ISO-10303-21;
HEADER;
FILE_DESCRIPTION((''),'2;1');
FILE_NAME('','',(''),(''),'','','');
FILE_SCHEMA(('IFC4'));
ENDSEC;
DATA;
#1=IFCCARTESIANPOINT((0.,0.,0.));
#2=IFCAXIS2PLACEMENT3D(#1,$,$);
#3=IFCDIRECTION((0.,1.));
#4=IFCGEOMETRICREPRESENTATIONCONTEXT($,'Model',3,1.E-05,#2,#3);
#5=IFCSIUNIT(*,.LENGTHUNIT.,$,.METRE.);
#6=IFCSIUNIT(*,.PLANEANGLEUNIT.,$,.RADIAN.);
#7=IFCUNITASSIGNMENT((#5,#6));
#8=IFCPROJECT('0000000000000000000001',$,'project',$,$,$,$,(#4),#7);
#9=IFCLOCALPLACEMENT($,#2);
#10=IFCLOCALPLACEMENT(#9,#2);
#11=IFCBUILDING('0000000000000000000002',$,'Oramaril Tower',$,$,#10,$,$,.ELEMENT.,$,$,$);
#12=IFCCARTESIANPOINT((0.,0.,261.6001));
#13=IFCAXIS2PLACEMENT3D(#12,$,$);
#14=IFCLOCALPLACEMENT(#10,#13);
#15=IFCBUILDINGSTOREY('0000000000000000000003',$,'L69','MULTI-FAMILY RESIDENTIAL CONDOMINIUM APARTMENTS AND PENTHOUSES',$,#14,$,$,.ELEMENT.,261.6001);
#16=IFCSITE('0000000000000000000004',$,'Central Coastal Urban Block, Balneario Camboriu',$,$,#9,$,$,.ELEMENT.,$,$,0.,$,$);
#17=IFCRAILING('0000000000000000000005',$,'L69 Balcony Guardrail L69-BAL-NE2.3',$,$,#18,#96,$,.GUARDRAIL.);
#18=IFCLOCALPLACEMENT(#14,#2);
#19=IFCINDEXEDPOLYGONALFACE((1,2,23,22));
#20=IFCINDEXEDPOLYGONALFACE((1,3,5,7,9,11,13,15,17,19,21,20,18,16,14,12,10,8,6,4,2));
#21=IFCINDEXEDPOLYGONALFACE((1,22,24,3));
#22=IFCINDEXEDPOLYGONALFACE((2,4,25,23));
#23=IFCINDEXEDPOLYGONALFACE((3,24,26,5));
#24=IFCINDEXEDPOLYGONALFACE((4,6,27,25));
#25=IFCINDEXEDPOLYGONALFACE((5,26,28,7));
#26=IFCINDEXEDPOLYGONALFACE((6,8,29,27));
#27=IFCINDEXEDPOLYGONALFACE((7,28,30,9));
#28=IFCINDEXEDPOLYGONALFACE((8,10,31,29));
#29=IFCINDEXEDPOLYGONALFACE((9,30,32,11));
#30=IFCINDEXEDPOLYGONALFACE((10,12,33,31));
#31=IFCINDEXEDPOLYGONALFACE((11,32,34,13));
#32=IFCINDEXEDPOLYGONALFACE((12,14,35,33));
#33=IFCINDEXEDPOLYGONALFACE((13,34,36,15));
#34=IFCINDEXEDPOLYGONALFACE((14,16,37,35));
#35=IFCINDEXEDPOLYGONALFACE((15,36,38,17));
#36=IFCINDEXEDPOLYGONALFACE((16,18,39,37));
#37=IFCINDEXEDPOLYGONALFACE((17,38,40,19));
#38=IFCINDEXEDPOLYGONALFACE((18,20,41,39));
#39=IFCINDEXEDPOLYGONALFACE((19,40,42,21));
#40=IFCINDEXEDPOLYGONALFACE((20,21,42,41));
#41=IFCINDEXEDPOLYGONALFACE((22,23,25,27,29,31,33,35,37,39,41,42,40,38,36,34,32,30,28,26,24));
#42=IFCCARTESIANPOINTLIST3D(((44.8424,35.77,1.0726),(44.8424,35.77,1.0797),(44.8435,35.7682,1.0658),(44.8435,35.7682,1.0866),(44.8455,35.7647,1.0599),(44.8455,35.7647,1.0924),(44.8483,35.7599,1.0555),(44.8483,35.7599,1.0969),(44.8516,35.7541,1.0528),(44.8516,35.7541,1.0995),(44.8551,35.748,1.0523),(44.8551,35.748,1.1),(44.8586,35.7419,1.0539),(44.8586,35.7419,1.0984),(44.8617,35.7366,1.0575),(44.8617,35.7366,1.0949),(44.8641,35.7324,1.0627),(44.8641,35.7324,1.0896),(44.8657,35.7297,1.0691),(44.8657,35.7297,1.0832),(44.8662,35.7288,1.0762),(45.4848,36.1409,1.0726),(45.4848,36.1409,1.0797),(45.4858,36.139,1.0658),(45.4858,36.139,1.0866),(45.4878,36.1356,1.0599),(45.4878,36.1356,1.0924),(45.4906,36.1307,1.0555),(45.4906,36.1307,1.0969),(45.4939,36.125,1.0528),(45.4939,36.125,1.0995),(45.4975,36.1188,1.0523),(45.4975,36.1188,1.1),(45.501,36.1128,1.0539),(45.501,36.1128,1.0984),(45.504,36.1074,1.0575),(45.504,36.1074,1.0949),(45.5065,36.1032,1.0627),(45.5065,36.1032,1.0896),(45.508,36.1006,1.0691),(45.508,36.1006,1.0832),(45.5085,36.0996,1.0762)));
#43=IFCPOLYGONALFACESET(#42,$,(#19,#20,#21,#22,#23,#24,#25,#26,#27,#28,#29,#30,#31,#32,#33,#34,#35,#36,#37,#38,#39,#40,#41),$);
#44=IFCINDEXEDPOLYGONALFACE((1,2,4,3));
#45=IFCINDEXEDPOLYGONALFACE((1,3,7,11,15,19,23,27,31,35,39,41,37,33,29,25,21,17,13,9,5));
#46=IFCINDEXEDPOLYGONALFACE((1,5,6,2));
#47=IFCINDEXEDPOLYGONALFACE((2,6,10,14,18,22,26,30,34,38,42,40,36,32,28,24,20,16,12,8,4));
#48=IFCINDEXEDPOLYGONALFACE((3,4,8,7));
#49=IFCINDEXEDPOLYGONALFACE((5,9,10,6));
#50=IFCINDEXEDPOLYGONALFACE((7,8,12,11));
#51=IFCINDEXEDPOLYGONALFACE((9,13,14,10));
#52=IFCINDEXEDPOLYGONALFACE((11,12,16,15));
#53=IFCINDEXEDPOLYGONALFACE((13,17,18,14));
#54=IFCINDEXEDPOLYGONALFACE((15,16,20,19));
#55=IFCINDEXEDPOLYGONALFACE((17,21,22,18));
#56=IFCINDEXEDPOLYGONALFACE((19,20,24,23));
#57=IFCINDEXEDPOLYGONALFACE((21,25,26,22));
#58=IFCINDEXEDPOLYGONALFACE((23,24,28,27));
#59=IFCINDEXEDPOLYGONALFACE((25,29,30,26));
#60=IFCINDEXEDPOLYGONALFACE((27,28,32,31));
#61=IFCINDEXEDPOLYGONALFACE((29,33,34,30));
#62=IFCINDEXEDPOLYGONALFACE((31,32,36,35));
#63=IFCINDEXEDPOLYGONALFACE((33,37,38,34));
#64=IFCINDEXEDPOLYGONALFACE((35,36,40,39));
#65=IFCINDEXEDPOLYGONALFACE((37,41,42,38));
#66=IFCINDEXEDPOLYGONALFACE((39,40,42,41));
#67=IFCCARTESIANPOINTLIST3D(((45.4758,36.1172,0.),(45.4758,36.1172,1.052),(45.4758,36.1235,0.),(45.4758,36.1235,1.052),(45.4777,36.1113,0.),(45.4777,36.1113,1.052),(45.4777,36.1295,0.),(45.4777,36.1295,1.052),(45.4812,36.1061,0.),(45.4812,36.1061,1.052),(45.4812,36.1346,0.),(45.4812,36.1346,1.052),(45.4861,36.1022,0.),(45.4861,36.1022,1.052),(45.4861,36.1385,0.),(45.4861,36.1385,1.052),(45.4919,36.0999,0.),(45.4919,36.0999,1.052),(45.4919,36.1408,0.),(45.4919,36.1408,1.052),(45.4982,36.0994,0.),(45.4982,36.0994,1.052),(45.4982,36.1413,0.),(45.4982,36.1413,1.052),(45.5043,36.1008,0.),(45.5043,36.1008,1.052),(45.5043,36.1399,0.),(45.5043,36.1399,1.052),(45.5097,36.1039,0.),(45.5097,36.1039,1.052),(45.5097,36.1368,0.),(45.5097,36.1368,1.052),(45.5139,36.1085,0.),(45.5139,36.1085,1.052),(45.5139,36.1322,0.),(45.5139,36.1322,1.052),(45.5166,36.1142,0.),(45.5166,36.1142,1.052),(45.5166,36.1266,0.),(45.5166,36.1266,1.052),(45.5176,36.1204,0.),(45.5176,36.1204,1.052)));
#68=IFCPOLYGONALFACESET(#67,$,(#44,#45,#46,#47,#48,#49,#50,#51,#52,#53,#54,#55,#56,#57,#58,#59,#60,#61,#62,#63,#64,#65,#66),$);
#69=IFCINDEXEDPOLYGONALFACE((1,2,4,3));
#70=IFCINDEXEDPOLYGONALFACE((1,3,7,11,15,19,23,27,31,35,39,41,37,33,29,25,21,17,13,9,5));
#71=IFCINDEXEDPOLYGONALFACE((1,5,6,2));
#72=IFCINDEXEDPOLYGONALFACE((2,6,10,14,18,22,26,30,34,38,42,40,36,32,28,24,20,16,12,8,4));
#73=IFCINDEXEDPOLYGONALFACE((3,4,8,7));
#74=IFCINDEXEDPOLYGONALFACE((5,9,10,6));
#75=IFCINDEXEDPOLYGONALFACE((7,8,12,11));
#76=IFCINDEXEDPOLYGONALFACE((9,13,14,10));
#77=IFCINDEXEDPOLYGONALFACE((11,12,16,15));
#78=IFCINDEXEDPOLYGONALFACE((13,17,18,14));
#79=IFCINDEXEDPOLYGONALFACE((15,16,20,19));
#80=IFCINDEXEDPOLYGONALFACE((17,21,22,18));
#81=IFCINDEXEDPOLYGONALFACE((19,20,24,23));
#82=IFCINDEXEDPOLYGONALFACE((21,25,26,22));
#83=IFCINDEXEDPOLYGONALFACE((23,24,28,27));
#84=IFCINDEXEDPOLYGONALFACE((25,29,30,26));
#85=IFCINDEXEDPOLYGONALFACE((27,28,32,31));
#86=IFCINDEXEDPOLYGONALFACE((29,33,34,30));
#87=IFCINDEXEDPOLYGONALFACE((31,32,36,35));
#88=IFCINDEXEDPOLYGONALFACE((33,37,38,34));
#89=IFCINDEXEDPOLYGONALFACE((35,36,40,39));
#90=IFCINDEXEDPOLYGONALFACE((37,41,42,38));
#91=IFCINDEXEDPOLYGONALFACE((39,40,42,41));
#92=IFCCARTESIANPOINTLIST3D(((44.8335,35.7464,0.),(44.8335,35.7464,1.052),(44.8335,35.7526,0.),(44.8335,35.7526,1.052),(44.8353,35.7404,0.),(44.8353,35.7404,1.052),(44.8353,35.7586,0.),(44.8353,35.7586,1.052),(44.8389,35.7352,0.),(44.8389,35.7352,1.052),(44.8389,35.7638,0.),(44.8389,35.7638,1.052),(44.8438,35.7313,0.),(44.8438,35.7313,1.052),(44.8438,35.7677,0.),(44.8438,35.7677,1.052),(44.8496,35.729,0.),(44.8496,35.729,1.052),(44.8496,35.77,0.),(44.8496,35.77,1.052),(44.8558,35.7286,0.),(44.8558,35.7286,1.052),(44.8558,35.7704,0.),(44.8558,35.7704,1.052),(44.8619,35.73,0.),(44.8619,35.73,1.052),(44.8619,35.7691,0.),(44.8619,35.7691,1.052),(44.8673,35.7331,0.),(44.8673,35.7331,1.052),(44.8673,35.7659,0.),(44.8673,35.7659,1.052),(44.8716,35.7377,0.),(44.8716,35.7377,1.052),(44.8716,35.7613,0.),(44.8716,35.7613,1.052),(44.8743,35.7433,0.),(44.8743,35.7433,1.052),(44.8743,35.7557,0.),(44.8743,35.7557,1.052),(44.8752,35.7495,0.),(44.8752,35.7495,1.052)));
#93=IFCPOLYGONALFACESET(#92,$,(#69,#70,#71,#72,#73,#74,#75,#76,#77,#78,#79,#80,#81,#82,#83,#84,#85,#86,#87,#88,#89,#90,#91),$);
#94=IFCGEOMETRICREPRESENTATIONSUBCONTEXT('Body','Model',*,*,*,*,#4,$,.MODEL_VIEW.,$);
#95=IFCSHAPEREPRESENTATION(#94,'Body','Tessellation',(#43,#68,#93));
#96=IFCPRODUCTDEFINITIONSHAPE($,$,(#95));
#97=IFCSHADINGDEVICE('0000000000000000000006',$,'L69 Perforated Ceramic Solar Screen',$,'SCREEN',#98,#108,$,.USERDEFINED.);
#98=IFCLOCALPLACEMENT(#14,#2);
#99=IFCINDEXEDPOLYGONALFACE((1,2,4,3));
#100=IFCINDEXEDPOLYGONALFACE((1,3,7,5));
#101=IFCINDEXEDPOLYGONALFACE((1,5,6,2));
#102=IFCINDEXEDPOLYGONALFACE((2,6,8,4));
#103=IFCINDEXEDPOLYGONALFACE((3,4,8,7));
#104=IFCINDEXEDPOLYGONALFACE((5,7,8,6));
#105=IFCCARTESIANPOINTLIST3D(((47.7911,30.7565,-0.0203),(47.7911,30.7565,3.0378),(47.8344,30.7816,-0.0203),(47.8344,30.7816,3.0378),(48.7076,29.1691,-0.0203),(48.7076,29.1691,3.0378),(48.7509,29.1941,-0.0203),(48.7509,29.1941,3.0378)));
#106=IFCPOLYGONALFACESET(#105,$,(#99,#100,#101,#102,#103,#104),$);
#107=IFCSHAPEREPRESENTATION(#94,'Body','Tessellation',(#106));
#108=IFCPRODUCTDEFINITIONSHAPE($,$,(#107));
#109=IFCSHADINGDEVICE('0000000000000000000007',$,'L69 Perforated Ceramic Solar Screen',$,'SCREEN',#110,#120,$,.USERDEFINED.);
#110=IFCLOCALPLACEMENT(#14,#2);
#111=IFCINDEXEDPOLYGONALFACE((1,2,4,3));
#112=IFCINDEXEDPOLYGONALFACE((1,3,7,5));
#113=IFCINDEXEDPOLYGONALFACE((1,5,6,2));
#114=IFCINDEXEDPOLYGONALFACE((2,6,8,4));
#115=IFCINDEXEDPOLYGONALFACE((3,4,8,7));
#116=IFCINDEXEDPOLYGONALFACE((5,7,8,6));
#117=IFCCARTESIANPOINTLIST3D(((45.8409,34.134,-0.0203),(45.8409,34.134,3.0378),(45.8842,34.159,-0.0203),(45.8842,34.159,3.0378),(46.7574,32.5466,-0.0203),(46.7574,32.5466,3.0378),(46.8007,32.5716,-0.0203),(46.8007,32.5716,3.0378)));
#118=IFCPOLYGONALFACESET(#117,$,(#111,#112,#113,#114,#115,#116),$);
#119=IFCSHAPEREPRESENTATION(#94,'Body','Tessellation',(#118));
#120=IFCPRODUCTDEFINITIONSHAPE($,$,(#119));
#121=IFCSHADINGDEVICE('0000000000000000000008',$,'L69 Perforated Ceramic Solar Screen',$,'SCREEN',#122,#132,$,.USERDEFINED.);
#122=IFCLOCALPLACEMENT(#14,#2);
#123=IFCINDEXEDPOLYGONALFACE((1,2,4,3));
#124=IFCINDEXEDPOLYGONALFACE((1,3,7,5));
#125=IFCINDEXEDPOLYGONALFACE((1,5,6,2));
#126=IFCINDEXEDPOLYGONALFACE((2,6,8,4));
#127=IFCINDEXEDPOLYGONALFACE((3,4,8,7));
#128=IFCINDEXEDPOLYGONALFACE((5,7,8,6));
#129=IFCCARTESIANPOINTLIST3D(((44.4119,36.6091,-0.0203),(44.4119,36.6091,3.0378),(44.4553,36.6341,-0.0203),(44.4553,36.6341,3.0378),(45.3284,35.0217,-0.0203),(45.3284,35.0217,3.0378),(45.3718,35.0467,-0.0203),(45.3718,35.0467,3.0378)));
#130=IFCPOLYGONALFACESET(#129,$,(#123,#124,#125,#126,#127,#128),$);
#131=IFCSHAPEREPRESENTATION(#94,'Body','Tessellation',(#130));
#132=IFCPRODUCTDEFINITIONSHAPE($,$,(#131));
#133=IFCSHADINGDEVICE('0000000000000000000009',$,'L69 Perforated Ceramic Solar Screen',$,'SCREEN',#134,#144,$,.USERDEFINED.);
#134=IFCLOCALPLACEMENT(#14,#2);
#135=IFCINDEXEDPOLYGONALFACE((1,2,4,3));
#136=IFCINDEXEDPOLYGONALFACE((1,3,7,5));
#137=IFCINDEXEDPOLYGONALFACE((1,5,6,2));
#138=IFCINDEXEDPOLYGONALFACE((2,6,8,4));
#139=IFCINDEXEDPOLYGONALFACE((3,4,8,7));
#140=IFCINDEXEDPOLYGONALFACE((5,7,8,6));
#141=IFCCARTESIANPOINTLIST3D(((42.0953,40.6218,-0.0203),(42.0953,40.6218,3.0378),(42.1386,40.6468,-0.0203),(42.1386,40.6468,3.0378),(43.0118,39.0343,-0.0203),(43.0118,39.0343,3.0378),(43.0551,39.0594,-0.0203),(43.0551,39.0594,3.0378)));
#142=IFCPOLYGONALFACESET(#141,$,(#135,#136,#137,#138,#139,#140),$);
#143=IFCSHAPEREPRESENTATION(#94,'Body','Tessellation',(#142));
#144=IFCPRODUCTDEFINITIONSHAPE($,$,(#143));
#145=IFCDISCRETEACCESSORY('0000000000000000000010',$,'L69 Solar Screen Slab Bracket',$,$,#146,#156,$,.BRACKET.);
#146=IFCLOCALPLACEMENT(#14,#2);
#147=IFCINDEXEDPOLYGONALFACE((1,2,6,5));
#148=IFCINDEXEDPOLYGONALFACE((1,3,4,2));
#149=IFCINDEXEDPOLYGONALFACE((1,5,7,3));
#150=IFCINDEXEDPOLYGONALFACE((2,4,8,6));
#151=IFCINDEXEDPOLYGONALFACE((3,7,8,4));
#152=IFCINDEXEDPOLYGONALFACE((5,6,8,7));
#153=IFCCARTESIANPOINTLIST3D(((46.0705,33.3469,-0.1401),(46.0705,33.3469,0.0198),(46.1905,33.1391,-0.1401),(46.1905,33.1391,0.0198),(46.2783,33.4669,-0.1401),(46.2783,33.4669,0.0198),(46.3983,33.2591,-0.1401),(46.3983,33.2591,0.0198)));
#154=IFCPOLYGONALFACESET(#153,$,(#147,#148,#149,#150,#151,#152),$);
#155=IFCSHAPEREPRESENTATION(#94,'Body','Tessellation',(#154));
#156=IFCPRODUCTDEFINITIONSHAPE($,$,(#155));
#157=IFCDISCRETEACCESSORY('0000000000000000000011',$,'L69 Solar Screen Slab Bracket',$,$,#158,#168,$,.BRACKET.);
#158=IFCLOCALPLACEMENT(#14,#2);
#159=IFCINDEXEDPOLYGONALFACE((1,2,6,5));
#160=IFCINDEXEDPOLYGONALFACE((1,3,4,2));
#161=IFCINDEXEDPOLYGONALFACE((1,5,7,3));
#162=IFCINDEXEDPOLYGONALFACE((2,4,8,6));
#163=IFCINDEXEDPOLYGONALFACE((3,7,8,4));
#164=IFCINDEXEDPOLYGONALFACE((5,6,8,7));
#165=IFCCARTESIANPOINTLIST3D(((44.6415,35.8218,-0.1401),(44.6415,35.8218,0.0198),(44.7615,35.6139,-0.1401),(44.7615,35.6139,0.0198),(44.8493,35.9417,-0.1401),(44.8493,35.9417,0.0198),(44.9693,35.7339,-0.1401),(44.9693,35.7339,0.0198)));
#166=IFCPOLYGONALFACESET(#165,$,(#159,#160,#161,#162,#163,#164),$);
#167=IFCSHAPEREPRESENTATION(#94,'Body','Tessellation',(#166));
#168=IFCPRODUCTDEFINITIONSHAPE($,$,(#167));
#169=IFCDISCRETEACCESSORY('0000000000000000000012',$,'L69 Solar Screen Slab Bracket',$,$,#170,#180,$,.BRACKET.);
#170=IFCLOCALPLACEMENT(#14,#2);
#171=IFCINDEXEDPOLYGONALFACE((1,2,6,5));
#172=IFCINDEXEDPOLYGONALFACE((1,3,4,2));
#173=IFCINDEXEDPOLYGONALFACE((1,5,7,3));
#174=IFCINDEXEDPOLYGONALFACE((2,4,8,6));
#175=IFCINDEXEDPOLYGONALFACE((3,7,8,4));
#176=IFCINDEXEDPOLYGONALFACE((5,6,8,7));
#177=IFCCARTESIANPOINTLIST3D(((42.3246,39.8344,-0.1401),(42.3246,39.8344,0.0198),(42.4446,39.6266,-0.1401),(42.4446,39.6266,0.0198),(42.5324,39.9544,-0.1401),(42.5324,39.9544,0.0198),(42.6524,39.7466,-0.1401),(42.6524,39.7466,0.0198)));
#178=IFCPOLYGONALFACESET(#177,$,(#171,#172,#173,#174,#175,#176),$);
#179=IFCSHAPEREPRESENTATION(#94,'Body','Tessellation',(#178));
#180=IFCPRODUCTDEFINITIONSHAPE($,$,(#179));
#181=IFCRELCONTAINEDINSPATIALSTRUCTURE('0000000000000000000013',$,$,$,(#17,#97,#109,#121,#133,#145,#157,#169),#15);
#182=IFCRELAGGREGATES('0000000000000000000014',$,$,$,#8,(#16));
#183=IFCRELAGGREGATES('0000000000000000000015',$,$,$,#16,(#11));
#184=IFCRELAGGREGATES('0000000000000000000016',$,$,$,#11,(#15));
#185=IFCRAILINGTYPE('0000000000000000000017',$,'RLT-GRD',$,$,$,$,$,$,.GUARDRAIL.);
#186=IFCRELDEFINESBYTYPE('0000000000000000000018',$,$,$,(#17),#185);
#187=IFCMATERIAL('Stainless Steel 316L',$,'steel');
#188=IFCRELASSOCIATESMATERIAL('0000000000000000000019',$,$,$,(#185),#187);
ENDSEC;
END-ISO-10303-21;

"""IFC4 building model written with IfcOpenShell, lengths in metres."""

from ifc_helpers import new_model, si_unit, direction, frame, origin, origin_2d, place, context, subcontext, project, spatial, rectangle, circle, extrude, material, type_object, element, save


model = new_model("IFC4")

# Units and contexts
model_context = context("Model", 3, precision=1e-05, world=origin(), true_north=direction((0.0, 1.0)))
body_context = subcontext(model_context, "Body", "Model", "MODEL_VIEW")
ifc_project = project(units=[si_unit("LENGTHUNIT", "METRE"), si_unit("PLANEANGLEUNIT", "RADIAN")], contexts=[model_context])

# Site, building, storey
site_placement = place(None, origin())
site = spatial("IfcSite", under=ifc_project, at=site_placement, Name="Central Coastal Urban Block, Balneario Camboriu", CompositionType="ELEMENT", RefElevation=0.0)
building_placement = place(site_placement, origin())
building = spatial("IfcBuilding", under=site, at=building_placement, Name="Oramaril Tower", CompositionType="ELEMENT")
storey_placement = place(building_placement, frame((0.0, 0.0, 261.6001)))
storey = spatial("IfcBuildingStorey", under=building, at=storey_placement, Name="L69", Description="MULTI-FAMILY RESIDENTIAL CONDOMINIUM APARTMENTS AND PENTHOUSES", CompositionType="ELEMENT", Elevation=261.6001)

# Railing
ifc_material_1 = material(Name="Stainless Steel 316L", Category="steel")
railing_type = type_object("IfcRailingType", Name="RLT-GRD", PredefinedType="GUARDRAIL", material=ifc_material_1)
railing_1_placement = place(storey_placement, frame((45.4966, 36.1204, 0.0)))
element("IfcRailing", 1, at=railing_1_placement, inside=storey, type_object=railing_type, Name="L69 Balcony Guardrail L69-BAL-NE2.3", PredefinedType="GUARDRAIL", context=body_context, shape_type="SweptSolid", body=[
    extrude(circle(Radius=0.0239, at=origin_2d()), frame((0.0, 0.0, 1.0762), z_axis=(-0.866027, -0.499998, 0.0), x_axis=(0.499998, -0.866027, 0.0)), (0.0, 0.0, 1.0), 0.7417),
    extrude(circle(Radius=0.021, at=origin_2d()), origin(), (0.0, 0.0, 1.0), 1.052),
    extrude(circle(Radius=0.021, at=origin_2d()), frame((-0.6423, -0.3708, 0.0)), (0.0, 0.0, 1.0), 1.052),
])

# Shading devices
for number, where, z_axis, x_axis, name in (
    (2, (48.271, 29.9753, -0.0203), (0.0, 0.0, 1.0), (-0.5, 0.866025, 0.0), "L69 Perforated Ceramic Solar Screen"),
    (3, (46.3208, 33.3528, -0.0203), (0.0, 0.0, 1.0), (-0.5, 0.866025, 0.0), "L69 Perforated Ceramic Solar Screen"),
    (4, (44.8918, 35.8279, -0.0203), (0.0, 0.0, 1.0), (-0.5, 0.866025, 0.0), "L69 Perforated Ceramic Solar Screen"),
    (5, (42.5752, 39.8406, -0.0203), (0.0, 0.0, 1.0), (-0.5, 0.866025, 0.0), "L69 Perforated Ceramic Solar Screen"),
):
    element("IfcShadingDevice", number, at=place(storey_placement, frame(where, z_axis=z_axis, x_axis=x_axis)), inside=storey, Name=name, ObjectType="SCREEN", PredefinedType="USERDEFINED", context=body_context, shape_type="SweptSolid", body=[
        extrude(rectangle(XDim=1.833, YDim=0.05, at=origin_2d()), origin(), (0.0, 0.0, 1.0), 3.0581),
    ])

# Discrete accessories
for number, where, z_axis, x_axis, name in (
    (6, (46.2344, 33.303, -0.1401), (0.0, 0.0, 1.0), (-0.5, 0.866025, 0.0), "L69 Solar Screen Slab Bracket"),
    (7, (44.8054, 35.7778, -0.1401), (0.0, 0.0, 1.0), (-0.5, 0.866025, 0.0), "L69 Solar Screen Slab Bracket"),
    (8, (42.4885, 39.7905, -0.1401), (0.0, 0.0, 1.0), (-0.5, 0.866025, 0.0), "L69 Solar Screen Slab Bracket"),
):
    element("IfcDiscreteAccessory", number, at=place(storey_placement, frame(where, z_axis=z_axis, x_axis=x_axis)), inside=storey, Name=name, PredefinedType="BRACKET", context=body_context, shape_type="SweptSolid", body=[
        extrude(rectangle(XDim=0.24, YDim=0.24, at=origin_2d()), origin(), (0.0, 0.0, 1.0), 0.1599),
    ])

save(model, "model.ifc")
